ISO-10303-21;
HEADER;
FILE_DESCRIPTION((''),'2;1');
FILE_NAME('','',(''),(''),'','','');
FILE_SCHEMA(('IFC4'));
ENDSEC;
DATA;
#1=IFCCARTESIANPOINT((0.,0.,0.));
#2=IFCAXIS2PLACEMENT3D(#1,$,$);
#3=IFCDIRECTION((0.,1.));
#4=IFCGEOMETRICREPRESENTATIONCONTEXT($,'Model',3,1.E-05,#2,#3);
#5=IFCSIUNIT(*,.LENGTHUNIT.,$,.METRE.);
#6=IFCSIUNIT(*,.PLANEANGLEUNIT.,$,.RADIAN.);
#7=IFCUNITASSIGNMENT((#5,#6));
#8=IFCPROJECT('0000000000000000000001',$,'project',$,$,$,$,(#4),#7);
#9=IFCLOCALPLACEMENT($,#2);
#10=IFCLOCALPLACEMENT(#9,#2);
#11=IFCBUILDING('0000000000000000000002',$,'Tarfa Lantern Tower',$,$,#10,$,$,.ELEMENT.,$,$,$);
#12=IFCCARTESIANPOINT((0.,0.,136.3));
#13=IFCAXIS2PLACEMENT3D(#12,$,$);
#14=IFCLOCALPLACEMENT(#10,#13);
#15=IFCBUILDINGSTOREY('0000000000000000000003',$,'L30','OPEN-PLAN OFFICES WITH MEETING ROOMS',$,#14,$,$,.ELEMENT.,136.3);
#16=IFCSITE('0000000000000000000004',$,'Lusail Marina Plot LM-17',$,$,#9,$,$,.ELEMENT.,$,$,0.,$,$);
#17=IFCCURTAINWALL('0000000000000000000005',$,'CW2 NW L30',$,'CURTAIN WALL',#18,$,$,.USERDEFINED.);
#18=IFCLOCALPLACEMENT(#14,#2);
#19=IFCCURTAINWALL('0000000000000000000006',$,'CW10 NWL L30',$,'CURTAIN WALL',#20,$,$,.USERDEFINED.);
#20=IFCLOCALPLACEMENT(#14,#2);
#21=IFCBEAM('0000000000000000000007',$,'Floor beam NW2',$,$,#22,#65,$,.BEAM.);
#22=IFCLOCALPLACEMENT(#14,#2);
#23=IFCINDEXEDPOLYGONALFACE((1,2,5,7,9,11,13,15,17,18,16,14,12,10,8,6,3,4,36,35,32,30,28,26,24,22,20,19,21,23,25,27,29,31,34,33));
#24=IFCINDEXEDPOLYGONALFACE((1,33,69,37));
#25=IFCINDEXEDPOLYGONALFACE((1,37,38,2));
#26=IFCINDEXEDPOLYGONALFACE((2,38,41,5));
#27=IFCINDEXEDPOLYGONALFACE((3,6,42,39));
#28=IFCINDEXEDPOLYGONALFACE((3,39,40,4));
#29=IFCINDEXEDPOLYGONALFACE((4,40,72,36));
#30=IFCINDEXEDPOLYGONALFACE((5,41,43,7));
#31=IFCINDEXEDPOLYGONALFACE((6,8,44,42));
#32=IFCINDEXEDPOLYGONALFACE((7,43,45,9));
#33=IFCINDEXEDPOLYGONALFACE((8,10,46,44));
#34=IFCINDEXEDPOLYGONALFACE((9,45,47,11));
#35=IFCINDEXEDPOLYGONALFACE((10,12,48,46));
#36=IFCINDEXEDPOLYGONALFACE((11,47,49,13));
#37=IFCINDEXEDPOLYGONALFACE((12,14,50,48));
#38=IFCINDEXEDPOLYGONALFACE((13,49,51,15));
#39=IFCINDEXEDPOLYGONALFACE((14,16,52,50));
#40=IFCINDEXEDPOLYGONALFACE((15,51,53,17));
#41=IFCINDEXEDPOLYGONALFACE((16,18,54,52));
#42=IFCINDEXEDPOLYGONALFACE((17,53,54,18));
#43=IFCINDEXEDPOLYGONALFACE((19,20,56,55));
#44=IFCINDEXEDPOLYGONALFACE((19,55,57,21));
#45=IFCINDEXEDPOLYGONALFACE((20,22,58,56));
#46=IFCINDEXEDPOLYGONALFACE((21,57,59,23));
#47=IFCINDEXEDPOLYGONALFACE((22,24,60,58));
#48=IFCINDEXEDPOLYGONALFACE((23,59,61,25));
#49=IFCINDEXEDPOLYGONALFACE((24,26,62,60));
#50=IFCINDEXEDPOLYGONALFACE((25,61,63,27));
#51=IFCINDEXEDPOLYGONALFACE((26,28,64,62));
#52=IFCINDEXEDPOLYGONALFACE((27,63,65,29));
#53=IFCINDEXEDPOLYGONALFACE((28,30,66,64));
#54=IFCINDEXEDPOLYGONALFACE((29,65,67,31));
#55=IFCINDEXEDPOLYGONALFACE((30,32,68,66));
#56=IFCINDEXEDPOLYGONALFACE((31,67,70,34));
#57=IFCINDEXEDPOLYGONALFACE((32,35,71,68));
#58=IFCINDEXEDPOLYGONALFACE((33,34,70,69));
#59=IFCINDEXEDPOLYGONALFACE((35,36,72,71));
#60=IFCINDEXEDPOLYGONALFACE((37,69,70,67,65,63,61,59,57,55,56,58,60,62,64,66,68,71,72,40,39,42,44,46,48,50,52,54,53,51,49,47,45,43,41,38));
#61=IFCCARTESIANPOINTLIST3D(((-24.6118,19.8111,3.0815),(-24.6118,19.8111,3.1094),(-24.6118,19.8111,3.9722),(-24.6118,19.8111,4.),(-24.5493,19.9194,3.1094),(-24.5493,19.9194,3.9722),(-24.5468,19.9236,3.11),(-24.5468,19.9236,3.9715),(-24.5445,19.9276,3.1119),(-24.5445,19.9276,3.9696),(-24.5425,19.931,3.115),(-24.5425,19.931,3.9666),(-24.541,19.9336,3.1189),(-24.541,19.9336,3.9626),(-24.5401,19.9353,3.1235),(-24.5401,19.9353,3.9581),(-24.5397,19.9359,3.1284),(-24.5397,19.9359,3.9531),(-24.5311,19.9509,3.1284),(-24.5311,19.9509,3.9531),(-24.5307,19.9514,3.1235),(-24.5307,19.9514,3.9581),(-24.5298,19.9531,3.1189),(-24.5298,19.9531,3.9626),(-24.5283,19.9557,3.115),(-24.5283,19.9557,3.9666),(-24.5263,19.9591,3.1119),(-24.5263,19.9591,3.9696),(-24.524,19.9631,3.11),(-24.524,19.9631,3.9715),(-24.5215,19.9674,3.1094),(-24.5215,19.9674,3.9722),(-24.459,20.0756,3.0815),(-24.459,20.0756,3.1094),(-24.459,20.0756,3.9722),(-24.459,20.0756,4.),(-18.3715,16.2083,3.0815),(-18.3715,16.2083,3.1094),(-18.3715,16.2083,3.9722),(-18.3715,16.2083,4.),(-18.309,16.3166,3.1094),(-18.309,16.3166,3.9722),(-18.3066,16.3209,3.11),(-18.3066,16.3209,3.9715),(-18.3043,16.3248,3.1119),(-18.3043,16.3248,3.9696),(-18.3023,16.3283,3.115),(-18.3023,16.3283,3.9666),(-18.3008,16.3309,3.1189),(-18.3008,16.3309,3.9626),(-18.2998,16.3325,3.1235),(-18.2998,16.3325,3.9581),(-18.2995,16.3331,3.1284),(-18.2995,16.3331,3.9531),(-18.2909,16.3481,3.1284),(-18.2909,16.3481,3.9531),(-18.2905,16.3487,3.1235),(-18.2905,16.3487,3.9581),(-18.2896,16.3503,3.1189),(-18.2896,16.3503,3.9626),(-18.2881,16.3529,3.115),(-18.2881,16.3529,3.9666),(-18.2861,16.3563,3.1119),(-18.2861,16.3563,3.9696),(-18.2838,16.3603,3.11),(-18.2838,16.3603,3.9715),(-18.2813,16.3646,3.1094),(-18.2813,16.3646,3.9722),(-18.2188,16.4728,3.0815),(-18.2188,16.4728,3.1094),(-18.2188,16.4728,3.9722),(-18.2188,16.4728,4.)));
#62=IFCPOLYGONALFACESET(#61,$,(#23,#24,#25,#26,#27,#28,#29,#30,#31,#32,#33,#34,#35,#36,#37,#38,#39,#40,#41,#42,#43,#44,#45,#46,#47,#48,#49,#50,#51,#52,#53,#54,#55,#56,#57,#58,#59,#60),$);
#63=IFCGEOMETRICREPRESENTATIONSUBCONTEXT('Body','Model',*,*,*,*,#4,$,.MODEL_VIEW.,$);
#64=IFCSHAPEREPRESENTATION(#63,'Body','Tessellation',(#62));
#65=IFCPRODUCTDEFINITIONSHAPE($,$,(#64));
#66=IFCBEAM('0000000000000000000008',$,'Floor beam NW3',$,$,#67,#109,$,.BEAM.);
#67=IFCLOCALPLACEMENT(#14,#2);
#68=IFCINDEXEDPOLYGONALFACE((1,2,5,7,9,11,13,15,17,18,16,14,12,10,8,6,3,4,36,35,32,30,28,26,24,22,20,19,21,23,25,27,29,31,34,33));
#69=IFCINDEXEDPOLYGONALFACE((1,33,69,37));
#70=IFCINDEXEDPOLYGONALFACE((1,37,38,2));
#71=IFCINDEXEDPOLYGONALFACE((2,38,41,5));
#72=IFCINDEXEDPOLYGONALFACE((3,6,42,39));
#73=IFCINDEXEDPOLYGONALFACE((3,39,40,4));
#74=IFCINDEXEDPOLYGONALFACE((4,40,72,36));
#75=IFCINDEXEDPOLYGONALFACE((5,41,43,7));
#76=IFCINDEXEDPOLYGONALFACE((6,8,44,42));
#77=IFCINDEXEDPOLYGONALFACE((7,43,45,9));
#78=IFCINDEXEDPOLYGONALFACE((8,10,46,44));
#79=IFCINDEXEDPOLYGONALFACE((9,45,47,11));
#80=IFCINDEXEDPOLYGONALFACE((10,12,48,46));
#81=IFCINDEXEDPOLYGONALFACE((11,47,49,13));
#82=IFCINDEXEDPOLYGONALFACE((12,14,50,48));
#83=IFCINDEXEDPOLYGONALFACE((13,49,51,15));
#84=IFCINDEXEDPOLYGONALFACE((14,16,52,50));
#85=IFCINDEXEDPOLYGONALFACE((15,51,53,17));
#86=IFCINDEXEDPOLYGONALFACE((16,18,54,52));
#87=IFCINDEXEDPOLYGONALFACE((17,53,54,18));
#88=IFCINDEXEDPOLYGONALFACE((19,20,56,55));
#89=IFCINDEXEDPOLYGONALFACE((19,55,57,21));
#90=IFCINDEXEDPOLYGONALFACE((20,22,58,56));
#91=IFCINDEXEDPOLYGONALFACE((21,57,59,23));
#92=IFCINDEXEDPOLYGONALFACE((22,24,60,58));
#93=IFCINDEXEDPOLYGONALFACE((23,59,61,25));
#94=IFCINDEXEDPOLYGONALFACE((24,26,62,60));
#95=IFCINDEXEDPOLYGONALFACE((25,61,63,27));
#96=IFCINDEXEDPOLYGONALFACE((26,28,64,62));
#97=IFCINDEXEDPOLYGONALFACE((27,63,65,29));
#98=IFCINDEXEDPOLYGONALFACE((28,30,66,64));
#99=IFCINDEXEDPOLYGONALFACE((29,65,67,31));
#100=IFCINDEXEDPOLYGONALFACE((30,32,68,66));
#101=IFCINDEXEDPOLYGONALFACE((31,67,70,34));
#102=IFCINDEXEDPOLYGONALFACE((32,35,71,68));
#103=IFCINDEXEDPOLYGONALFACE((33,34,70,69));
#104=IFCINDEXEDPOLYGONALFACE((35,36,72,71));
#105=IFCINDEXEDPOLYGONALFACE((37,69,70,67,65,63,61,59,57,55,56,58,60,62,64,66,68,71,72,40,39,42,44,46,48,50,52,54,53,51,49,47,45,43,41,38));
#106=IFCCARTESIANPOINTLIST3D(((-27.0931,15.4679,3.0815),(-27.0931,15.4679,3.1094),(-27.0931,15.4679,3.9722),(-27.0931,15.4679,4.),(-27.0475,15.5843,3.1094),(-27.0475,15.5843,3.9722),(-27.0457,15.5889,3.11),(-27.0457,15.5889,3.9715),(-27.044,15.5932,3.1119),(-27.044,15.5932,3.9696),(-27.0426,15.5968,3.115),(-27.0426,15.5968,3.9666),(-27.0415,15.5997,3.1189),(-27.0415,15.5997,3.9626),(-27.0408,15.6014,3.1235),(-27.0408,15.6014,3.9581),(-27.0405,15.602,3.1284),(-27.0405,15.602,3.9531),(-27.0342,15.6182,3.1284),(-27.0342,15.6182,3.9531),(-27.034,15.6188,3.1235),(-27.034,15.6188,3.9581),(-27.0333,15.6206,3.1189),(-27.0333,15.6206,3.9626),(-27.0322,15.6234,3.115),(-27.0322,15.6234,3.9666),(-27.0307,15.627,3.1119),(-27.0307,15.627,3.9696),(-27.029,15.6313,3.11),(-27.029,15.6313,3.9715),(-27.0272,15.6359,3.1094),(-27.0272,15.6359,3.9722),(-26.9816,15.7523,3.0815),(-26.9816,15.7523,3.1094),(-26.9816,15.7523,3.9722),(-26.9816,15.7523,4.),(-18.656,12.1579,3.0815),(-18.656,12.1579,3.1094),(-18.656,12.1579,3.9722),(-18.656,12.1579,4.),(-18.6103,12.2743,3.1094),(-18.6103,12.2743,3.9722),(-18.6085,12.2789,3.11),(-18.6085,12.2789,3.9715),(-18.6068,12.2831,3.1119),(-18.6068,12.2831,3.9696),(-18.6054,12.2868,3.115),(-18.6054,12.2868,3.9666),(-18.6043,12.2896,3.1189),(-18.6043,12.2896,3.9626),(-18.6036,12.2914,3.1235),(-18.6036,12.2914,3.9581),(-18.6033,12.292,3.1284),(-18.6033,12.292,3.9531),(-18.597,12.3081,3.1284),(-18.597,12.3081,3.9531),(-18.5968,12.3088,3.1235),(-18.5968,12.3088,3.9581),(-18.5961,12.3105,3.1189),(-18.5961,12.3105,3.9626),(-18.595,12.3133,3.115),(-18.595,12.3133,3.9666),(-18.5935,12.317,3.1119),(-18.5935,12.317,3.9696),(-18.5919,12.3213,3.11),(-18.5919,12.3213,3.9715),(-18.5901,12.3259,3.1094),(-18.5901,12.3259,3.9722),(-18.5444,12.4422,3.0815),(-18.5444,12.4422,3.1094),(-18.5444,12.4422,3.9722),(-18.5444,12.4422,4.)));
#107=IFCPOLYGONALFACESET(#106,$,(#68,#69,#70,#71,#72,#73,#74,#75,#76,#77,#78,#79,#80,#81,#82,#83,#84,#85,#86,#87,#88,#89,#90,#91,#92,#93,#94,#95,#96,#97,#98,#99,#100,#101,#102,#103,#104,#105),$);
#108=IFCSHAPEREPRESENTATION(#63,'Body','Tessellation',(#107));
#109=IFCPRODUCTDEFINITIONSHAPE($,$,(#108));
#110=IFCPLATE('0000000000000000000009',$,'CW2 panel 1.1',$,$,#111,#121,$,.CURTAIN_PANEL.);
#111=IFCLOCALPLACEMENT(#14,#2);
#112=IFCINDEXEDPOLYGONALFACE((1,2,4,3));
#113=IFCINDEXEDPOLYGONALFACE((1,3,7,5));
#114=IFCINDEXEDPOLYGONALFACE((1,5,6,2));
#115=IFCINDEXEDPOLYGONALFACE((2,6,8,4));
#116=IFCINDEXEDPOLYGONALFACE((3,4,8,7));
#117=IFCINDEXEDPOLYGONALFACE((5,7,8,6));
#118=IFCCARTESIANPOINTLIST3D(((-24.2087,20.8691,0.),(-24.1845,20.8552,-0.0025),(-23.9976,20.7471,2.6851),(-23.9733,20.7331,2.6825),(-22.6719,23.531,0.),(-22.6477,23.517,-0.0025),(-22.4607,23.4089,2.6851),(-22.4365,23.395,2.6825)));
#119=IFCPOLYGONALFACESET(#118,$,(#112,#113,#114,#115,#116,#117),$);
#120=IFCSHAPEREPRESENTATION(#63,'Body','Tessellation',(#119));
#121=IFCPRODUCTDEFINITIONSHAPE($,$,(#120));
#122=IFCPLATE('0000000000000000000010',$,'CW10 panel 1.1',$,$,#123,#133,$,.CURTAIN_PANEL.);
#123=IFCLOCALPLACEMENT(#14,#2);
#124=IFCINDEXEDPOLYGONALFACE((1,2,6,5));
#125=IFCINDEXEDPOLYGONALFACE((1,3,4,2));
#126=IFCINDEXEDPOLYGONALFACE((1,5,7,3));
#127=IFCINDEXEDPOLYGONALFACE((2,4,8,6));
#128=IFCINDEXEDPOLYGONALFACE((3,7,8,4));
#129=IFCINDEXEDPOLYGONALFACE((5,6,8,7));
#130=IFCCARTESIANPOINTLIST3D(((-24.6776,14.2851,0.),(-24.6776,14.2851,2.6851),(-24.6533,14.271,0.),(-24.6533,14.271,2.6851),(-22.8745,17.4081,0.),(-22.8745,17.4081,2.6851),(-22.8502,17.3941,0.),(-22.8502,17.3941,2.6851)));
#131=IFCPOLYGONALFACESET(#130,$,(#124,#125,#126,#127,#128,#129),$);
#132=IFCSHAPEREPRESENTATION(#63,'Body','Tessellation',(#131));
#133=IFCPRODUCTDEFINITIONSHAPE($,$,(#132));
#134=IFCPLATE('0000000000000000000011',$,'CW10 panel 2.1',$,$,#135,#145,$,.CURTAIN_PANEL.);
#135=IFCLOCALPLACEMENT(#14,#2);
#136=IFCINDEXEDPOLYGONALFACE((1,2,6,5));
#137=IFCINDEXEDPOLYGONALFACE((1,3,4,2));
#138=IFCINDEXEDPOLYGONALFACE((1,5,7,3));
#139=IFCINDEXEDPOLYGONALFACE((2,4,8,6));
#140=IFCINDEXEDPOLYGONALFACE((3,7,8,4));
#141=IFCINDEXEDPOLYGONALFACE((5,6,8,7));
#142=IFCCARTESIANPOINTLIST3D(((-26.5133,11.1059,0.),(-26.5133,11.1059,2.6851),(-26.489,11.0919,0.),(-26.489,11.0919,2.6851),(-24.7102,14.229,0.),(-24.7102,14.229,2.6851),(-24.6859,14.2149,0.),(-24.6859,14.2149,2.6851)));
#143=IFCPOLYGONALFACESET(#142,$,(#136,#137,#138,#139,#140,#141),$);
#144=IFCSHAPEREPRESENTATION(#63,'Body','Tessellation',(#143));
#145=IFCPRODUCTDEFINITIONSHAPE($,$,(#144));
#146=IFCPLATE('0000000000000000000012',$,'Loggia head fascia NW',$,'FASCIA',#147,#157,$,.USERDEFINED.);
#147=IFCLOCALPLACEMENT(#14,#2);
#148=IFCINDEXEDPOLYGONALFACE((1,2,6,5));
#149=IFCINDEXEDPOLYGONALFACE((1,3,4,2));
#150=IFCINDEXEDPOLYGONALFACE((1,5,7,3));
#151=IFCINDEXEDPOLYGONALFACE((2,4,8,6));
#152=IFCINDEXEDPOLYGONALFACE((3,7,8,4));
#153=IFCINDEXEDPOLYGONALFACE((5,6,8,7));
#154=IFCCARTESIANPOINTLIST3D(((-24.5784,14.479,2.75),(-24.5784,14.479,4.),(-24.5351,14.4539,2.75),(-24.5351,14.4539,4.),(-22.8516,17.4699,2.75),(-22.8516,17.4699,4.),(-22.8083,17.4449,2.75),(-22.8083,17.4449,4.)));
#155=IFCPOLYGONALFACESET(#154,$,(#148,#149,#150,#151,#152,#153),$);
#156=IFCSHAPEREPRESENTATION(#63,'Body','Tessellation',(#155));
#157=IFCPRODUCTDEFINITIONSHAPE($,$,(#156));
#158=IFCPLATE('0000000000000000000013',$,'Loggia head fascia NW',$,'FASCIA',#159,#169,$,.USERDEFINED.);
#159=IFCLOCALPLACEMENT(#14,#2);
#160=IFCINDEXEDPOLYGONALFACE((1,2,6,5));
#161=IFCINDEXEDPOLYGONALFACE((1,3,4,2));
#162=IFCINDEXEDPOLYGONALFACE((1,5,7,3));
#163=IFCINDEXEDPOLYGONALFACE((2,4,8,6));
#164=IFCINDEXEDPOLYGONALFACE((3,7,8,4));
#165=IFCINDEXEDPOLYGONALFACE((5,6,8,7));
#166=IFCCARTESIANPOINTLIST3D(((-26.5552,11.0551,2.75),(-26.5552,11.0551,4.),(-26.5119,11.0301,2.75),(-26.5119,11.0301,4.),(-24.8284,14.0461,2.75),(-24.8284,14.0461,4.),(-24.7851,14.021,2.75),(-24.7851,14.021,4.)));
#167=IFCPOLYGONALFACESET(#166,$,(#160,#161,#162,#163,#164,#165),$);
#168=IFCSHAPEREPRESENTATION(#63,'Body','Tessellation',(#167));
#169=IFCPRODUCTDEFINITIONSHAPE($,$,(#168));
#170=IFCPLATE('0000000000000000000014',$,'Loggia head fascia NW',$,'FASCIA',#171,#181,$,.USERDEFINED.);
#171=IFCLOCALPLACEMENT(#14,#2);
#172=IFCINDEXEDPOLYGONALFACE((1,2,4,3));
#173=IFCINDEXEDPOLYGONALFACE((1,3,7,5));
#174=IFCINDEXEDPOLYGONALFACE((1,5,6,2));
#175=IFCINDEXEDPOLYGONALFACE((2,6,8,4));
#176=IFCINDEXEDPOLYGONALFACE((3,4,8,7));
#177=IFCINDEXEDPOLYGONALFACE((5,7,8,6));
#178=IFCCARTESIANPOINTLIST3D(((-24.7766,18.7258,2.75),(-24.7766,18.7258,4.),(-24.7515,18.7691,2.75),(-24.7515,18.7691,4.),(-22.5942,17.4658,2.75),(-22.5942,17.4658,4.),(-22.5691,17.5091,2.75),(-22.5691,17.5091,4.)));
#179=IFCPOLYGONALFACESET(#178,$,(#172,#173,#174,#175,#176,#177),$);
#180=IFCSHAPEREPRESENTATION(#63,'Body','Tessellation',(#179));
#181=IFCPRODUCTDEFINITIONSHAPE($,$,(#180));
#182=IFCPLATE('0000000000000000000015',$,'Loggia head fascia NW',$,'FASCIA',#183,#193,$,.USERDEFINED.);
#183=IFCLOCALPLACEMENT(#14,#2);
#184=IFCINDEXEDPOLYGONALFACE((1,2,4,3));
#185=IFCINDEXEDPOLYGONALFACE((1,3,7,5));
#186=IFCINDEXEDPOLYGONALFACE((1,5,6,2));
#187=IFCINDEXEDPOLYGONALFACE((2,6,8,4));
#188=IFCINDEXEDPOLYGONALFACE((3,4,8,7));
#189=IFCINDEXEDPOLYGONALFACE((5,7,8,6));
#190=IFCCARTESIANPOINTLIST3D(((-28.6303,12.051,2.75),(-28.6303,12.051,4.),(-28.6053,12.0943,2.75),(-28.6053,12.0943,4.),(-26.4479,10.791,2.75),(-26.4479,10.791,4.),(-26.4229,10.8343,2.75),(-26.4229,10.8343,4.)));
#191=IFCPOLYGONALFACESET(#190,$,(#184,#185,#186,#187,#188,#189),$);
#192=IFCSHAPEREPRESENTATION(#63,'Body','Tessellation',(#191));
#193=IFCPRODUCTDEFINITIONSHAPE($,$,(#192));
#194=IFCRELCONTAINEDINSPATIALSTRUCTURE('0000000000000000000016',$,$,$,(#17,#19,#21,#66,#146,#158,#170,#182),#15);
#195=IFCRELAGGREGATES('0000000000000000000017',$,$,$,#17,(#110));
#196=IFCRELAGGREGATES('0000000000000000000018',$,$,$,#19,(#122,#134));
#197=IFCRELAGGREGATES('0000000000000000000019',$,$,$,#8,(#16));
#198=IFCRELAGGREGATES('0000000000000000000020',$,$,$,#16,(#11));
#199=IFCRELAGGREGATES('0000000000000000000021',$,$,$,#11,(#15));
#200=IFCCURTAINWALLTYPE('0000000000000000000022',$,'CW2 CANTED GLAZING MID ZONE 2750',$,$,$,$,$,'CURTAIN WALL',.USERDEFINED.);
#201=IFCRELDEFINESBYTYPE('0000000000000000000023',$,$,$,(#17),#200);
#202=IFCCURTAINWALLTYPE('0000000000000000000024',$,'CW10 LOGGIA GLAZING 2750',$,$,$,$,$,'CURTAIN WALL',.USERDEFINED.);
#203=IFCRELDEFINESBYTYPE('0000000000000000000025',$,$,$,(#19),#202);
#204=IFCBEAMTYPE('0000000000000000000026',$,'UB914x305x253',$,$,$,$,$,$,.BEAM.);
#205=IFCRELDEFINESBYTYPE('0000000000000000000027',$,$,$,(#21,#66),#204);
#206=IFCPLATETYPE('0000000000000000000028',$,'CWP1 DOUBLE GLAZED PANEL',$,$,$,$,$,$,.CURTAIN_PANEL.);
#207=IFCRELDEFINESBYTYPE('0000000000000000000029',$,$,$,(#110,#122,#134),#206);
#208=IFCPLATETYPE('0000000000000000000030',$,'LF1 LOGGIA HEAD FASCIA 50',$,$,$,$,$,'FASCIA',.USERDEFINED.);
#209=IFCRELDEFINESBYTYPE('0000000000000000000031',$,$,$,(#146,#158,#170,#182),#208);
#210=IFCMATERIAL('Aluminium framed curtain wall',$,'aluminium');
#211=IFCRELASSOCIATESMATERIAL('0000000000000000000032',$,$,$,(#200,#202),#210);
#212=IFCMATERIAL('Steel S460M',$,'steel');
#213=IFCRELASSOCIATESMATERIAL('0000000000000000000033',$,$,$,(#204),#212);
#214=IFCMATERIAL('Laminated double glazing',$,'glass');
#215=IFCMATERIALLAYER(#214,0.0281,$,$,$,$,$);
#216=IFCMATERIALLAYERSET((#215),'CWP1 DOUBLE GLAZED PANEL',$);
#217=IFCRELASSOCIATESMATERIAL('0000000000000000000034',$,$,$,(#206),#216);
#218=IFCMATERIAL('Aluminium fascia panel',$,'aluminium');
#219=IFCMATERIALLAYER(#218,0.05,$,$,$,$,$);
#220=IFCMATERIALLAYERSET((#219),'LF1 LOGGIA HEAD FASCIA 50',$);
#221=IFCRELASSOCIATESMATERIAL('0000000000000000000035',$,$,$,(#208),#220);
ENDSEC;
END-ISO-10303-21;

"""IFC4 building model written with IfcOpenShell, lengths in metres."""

from ifc_helpers import new_model, si_unit, direction, frame, origin, origin_2d, place, context, subcontext, project, spatial, polyline, rectangle, i_section, outline, extrude, material, layer, layer_set, material_profile, profile_set, type_object, element, aggregate, save


model = new_model("IFC4")

# Units and contexts
model_context = context("Model", 3, precision=1e-05, world=origin(), true_north=direction((0.0, 1.0)))
body_context = subcontext(model_context, "Body", "Model", "MODEL_VIEW")
ifc_project = project(units=[si_unit("LENGTHUNIT", "METRE"), si_unit("PLANEANGLEUNIT", "RADIAN")], contexts=[model_context])

# Site, building, storey
site_placement = place(None, origin())
site = spatial("IfcSite", under=ifc_project, at=site_placement, Name="Lusail Marina Plot LM-17", CompositionType="ELEMENT", RefElevation=0.0)
building_placement = place(site_placement, origin())
building = spatial("IfcBuilding", under=site, at=building_placement, Name="Tarfa Lantern Tower", CompositionType="ELEMENT")
storey_placement = place(building_placement, frame((0.0, 0.0, 136.3)))
storey = spatial("IfcBuildingStorey", under=building, at=storey_placement, Name="L30", Description="OPEN-PLAN OFFICES WITH MEETING ROOMS", CompositionType="ELEMENT", Elevation=136.3)

# Curtain walls
ifc_material_1 = material(Name="Aluminium framed curtain wall", Category="aluminium")
curtain_wall_type_1 = type_object("IfcCurtainWallType", Name="CW2 CANTED GLAZING MID ZONE 2750", ElementType="CURTAIN WALL", PredefinedType="USERDEFINED", material=ifc_material_1)
curtain_wall_1_placement = place(storey_placement, origin())
curtain_wall_1 = element("IfcCurtainWall", 1, at=curtain_wall_1_placement, inside=storey, type_object=curtain_wall_type_1, Name="CW2 NW L30", ObjectType="CURTAIN WALL", PredefinedType="USERDEFINED")
curtain_wall_type_2 = type_object("IfcCurtainWallType", Name="CW10 LOGGIA GLAZING 2750", ElementType="CURTAIN WALL", PredefinedType="USERDEFINED", material=ifc_material_1)
curtain_wall_2_placement = place(storey_placement, origin())
curtain_wall_2 = element("IfcCurtainWall", 2, at=curtain_wall_2_placement, inside=storey, type_object=curtain_wall_type_2, Name="CW10 NWL L30", ObjectType="CURTAIN WALL", PredefinedType="USERDEFINED")

# Beams
ifc_material_2 = material(Name="Steel S460M", Category="steel")
ifc_material_profile_1 = material_profile(ifc_material_2, i_section(OverallWidth=0.3054, OverallDepth=0.9185, WebThickness=0.0173, FlangeThickness=0.0278, FilletRadius=0.019, at=origin_2d()), Name="UB914x305x253")
ifc_profile_set_1 = profile_set([ifc_material_profile_1], Name="Steel S460M")
beam_type_1 = type_object("IfcBeamType", Name="UB914x305x253", PredefinedType="BEAM", material=ifc_profile_set_1)
beam_1_placement = place(storey_placement, frame((-24.5354, 19.9434, 3.5408), z_axis=(0.866026, -0.499998, 0.0), x_axis=(0.499998, 0.866026, 0.0)))
element("IfcBeam", 3, at=beam_1_placement, inside=storey, type_object=beam_type_1, Name="Floor beam NW2", PredefinedType="BEAM", context=body_context, shape_type="SweptSolid", body=[
    extrude(i_section(OverallWidth=0.3054, OverallDepth=0.9185, WebThickness=0.0173, FlangeThickness=0.0278, FilletRadius=0.019, at=origin_2d()), origin(), (0.0, 0.0, 1.0), 7.2056),
])
beam_2_placement = place(storey_placement, frame((-27.0374, 15.6101, 3.5408), z_axis=(0.930923, -0.365215, 0.0), x_axis=(0.365215, 0.930923, 0.0)))
element("IfcBeam", 4, at=beam_2_placement, inside=storey, type_object=beam_type_1, Name="Floor beam NW3", PredefinedType="BEAM", context=body_context, shape_type="SweptSolid", body=[
    extrude(i_section(OverallWidth=0.3054, OverallDepth=0.9185, WebThickness=0.0173, FlangeThickness=0.0278, FilletRadius=0.019, at=origin_2d()), origin(), (0.0, 0.0, 1.0), 9.0632),
])

# Plates
ifc_material_3 = material(Name="Laminated double glazing", Category="glass")
ifc_layer_1 = layer(ifc_material_3, 0.0281)
ifc_layer_set_1 = layer_set([ifc_layer_1], Name="CWP1 DOUBLE GLAZED PANEL")
plate_type_1 = type_object("IfcPlateType", Name="CWP1 DOUBLE GLAZED PANEL", PredefinedType="CURTAIN_PANEL", material=ifc_layer_set_1)
plate_1_placement = place(storey_placement, frame((-22.6719, 23.531, 0.0), z_axis=(-0.862469, 0.497958, 0.090472), x_axis=(-0.500009, -0.86602, 0.0)))
plate_1 = element("IfcPlate", 5, at=plate_1_placement, type_object=plate_type_1, Name="CW2 panel 1.1", PredefinedType="CURTAIN_PANEL", context=body_context, shape_type="SweptSolid", body=[
    extrude(outline(polyline([(0.0, 0.0), (3.0737, 0.0), (3.0738, 2.6961), (0.0001, 2.6961), (0.0, 0.0)])), origin(), (0.0, 0.0, -1.0), 0.0281),
])
aggregate(curtain_wall_1, [plate_1])
plate_2_placement = place(storey_placement, frame((-23.7639, 15.8396, 0.0), z_axis=(0.0, 0.0, 1.0), x_axis=(-0.5, -0.866025, 0.0)))
plate_2 = element("IfcPlate", 6, at=plate_2_placement, type_object=plate_type_1, Name="CW10 panel 1.1", PredefinedType="CURTAIN_PANEL", context=body_context, shape_type="SweptSolid", body=[
    extrude(rectangle(XDim=3.6062, YDim=0.0281, at=origin_2d()), origin(), (0.0, 0.0, 1.0), 2.6851),
])
plate_3_placement = place(storey_placement, frame((-25.5996, 12.6604, 0.0), z_axis=(0.0, 0.0, 1.0), x_axis=(-0.5, -0.866025, 0.0)))
plate_3 = element("IfcPlate", 7, at=plate_3_placement, type_object=plate_type_1, Name="CW10 panel 2.1", PredefinedType="CURTAIN_PANEL", context=body_context, shape_type="SweptSolid", body=[
    extrude(rectangle(XDim=3.6062, YDim=0.0281, at=origin_2d()), origin(), (0.0, 0.0, 1.0), 2.6851),
])
aggregate(curtain_wall_2, [plate_2, plate_3])

# Plates
ifc_material_4 = material(Name="Aluminium fascia panel", Category="aluminium")
ifc_layer_2 = layer(ifc_material_4, 0.05)
ifc_layer_set_2 = layer_set([ifc_layer_2], Name="LF1 LOGGIA HEAD FASCIA 50")
plate_type_2 = type_object("IfcPlateType", Name="LF1 LOGGIA HEAD FASCIA 50", ElementType="FASCIA", PredefinedType="USERDEFINED", material=ifc_layer_set_2)
for number, where, z_axis, x_axis, name in (
    (8, (-23.6934, 15.9619, 2.75), (0.0, 0.0, 1.0), (-0.5, -0.866025, 0.0), "Loggia head fascia NW"),
    (9, (-25.6702, 12.5381, 2.75), (0.0, 0.0, 1.0), (-0.5, -0.866025, 0.0), "Loggia head fascia NW"),
):
    element("IfcPlate", number, at=place(storey_placement, frame(where, z_axis=z_axis, x_axis=x_axis)), inside=storey, type_object=plate_type_2, Name=name, ObjectType="FASCIA", PredefinedType="USERDEFINED", context=body_context, shape_type="SweptSolid", body=[
        extrude(rectangle(XDim=3.4536, YDim=0.05, at=origin_2d()), origin(), (0.0, 0.0, 1.0), 1.25),
    ])
for number, where, z_axis, x_axis, name in (
    (10, (-23.6729, 18.1174, 2.75), (0.0, 0.0, 1.0), (0.866025, -0.5, 0.0), "Loggia head fascia NW"),
    (11, (-27.5266, 11.4426, 2.75), (0.0, 0.0, 1.0), (0.866025, -0.5, 0.0), "Loggia head fascia NW"),
):
    element("IfcPlate", number, at=place(storey_placement, frame(where, z_axis=z_axis, x_axis=x_axis)), inside=storey, type_object=plate_type_2, Name=name, ObjectType="FASCIA", PredefinedType="USERDEFINED", context=body_context, shape_type="SweptSolid", body=[
        extrude(rectangle(XDim=2.52, YDim=0.05, at=origin_2d()), origin(), (0.0, 0.0, 1.0), 1.25),
    ])

save(model, "model.ifc")
